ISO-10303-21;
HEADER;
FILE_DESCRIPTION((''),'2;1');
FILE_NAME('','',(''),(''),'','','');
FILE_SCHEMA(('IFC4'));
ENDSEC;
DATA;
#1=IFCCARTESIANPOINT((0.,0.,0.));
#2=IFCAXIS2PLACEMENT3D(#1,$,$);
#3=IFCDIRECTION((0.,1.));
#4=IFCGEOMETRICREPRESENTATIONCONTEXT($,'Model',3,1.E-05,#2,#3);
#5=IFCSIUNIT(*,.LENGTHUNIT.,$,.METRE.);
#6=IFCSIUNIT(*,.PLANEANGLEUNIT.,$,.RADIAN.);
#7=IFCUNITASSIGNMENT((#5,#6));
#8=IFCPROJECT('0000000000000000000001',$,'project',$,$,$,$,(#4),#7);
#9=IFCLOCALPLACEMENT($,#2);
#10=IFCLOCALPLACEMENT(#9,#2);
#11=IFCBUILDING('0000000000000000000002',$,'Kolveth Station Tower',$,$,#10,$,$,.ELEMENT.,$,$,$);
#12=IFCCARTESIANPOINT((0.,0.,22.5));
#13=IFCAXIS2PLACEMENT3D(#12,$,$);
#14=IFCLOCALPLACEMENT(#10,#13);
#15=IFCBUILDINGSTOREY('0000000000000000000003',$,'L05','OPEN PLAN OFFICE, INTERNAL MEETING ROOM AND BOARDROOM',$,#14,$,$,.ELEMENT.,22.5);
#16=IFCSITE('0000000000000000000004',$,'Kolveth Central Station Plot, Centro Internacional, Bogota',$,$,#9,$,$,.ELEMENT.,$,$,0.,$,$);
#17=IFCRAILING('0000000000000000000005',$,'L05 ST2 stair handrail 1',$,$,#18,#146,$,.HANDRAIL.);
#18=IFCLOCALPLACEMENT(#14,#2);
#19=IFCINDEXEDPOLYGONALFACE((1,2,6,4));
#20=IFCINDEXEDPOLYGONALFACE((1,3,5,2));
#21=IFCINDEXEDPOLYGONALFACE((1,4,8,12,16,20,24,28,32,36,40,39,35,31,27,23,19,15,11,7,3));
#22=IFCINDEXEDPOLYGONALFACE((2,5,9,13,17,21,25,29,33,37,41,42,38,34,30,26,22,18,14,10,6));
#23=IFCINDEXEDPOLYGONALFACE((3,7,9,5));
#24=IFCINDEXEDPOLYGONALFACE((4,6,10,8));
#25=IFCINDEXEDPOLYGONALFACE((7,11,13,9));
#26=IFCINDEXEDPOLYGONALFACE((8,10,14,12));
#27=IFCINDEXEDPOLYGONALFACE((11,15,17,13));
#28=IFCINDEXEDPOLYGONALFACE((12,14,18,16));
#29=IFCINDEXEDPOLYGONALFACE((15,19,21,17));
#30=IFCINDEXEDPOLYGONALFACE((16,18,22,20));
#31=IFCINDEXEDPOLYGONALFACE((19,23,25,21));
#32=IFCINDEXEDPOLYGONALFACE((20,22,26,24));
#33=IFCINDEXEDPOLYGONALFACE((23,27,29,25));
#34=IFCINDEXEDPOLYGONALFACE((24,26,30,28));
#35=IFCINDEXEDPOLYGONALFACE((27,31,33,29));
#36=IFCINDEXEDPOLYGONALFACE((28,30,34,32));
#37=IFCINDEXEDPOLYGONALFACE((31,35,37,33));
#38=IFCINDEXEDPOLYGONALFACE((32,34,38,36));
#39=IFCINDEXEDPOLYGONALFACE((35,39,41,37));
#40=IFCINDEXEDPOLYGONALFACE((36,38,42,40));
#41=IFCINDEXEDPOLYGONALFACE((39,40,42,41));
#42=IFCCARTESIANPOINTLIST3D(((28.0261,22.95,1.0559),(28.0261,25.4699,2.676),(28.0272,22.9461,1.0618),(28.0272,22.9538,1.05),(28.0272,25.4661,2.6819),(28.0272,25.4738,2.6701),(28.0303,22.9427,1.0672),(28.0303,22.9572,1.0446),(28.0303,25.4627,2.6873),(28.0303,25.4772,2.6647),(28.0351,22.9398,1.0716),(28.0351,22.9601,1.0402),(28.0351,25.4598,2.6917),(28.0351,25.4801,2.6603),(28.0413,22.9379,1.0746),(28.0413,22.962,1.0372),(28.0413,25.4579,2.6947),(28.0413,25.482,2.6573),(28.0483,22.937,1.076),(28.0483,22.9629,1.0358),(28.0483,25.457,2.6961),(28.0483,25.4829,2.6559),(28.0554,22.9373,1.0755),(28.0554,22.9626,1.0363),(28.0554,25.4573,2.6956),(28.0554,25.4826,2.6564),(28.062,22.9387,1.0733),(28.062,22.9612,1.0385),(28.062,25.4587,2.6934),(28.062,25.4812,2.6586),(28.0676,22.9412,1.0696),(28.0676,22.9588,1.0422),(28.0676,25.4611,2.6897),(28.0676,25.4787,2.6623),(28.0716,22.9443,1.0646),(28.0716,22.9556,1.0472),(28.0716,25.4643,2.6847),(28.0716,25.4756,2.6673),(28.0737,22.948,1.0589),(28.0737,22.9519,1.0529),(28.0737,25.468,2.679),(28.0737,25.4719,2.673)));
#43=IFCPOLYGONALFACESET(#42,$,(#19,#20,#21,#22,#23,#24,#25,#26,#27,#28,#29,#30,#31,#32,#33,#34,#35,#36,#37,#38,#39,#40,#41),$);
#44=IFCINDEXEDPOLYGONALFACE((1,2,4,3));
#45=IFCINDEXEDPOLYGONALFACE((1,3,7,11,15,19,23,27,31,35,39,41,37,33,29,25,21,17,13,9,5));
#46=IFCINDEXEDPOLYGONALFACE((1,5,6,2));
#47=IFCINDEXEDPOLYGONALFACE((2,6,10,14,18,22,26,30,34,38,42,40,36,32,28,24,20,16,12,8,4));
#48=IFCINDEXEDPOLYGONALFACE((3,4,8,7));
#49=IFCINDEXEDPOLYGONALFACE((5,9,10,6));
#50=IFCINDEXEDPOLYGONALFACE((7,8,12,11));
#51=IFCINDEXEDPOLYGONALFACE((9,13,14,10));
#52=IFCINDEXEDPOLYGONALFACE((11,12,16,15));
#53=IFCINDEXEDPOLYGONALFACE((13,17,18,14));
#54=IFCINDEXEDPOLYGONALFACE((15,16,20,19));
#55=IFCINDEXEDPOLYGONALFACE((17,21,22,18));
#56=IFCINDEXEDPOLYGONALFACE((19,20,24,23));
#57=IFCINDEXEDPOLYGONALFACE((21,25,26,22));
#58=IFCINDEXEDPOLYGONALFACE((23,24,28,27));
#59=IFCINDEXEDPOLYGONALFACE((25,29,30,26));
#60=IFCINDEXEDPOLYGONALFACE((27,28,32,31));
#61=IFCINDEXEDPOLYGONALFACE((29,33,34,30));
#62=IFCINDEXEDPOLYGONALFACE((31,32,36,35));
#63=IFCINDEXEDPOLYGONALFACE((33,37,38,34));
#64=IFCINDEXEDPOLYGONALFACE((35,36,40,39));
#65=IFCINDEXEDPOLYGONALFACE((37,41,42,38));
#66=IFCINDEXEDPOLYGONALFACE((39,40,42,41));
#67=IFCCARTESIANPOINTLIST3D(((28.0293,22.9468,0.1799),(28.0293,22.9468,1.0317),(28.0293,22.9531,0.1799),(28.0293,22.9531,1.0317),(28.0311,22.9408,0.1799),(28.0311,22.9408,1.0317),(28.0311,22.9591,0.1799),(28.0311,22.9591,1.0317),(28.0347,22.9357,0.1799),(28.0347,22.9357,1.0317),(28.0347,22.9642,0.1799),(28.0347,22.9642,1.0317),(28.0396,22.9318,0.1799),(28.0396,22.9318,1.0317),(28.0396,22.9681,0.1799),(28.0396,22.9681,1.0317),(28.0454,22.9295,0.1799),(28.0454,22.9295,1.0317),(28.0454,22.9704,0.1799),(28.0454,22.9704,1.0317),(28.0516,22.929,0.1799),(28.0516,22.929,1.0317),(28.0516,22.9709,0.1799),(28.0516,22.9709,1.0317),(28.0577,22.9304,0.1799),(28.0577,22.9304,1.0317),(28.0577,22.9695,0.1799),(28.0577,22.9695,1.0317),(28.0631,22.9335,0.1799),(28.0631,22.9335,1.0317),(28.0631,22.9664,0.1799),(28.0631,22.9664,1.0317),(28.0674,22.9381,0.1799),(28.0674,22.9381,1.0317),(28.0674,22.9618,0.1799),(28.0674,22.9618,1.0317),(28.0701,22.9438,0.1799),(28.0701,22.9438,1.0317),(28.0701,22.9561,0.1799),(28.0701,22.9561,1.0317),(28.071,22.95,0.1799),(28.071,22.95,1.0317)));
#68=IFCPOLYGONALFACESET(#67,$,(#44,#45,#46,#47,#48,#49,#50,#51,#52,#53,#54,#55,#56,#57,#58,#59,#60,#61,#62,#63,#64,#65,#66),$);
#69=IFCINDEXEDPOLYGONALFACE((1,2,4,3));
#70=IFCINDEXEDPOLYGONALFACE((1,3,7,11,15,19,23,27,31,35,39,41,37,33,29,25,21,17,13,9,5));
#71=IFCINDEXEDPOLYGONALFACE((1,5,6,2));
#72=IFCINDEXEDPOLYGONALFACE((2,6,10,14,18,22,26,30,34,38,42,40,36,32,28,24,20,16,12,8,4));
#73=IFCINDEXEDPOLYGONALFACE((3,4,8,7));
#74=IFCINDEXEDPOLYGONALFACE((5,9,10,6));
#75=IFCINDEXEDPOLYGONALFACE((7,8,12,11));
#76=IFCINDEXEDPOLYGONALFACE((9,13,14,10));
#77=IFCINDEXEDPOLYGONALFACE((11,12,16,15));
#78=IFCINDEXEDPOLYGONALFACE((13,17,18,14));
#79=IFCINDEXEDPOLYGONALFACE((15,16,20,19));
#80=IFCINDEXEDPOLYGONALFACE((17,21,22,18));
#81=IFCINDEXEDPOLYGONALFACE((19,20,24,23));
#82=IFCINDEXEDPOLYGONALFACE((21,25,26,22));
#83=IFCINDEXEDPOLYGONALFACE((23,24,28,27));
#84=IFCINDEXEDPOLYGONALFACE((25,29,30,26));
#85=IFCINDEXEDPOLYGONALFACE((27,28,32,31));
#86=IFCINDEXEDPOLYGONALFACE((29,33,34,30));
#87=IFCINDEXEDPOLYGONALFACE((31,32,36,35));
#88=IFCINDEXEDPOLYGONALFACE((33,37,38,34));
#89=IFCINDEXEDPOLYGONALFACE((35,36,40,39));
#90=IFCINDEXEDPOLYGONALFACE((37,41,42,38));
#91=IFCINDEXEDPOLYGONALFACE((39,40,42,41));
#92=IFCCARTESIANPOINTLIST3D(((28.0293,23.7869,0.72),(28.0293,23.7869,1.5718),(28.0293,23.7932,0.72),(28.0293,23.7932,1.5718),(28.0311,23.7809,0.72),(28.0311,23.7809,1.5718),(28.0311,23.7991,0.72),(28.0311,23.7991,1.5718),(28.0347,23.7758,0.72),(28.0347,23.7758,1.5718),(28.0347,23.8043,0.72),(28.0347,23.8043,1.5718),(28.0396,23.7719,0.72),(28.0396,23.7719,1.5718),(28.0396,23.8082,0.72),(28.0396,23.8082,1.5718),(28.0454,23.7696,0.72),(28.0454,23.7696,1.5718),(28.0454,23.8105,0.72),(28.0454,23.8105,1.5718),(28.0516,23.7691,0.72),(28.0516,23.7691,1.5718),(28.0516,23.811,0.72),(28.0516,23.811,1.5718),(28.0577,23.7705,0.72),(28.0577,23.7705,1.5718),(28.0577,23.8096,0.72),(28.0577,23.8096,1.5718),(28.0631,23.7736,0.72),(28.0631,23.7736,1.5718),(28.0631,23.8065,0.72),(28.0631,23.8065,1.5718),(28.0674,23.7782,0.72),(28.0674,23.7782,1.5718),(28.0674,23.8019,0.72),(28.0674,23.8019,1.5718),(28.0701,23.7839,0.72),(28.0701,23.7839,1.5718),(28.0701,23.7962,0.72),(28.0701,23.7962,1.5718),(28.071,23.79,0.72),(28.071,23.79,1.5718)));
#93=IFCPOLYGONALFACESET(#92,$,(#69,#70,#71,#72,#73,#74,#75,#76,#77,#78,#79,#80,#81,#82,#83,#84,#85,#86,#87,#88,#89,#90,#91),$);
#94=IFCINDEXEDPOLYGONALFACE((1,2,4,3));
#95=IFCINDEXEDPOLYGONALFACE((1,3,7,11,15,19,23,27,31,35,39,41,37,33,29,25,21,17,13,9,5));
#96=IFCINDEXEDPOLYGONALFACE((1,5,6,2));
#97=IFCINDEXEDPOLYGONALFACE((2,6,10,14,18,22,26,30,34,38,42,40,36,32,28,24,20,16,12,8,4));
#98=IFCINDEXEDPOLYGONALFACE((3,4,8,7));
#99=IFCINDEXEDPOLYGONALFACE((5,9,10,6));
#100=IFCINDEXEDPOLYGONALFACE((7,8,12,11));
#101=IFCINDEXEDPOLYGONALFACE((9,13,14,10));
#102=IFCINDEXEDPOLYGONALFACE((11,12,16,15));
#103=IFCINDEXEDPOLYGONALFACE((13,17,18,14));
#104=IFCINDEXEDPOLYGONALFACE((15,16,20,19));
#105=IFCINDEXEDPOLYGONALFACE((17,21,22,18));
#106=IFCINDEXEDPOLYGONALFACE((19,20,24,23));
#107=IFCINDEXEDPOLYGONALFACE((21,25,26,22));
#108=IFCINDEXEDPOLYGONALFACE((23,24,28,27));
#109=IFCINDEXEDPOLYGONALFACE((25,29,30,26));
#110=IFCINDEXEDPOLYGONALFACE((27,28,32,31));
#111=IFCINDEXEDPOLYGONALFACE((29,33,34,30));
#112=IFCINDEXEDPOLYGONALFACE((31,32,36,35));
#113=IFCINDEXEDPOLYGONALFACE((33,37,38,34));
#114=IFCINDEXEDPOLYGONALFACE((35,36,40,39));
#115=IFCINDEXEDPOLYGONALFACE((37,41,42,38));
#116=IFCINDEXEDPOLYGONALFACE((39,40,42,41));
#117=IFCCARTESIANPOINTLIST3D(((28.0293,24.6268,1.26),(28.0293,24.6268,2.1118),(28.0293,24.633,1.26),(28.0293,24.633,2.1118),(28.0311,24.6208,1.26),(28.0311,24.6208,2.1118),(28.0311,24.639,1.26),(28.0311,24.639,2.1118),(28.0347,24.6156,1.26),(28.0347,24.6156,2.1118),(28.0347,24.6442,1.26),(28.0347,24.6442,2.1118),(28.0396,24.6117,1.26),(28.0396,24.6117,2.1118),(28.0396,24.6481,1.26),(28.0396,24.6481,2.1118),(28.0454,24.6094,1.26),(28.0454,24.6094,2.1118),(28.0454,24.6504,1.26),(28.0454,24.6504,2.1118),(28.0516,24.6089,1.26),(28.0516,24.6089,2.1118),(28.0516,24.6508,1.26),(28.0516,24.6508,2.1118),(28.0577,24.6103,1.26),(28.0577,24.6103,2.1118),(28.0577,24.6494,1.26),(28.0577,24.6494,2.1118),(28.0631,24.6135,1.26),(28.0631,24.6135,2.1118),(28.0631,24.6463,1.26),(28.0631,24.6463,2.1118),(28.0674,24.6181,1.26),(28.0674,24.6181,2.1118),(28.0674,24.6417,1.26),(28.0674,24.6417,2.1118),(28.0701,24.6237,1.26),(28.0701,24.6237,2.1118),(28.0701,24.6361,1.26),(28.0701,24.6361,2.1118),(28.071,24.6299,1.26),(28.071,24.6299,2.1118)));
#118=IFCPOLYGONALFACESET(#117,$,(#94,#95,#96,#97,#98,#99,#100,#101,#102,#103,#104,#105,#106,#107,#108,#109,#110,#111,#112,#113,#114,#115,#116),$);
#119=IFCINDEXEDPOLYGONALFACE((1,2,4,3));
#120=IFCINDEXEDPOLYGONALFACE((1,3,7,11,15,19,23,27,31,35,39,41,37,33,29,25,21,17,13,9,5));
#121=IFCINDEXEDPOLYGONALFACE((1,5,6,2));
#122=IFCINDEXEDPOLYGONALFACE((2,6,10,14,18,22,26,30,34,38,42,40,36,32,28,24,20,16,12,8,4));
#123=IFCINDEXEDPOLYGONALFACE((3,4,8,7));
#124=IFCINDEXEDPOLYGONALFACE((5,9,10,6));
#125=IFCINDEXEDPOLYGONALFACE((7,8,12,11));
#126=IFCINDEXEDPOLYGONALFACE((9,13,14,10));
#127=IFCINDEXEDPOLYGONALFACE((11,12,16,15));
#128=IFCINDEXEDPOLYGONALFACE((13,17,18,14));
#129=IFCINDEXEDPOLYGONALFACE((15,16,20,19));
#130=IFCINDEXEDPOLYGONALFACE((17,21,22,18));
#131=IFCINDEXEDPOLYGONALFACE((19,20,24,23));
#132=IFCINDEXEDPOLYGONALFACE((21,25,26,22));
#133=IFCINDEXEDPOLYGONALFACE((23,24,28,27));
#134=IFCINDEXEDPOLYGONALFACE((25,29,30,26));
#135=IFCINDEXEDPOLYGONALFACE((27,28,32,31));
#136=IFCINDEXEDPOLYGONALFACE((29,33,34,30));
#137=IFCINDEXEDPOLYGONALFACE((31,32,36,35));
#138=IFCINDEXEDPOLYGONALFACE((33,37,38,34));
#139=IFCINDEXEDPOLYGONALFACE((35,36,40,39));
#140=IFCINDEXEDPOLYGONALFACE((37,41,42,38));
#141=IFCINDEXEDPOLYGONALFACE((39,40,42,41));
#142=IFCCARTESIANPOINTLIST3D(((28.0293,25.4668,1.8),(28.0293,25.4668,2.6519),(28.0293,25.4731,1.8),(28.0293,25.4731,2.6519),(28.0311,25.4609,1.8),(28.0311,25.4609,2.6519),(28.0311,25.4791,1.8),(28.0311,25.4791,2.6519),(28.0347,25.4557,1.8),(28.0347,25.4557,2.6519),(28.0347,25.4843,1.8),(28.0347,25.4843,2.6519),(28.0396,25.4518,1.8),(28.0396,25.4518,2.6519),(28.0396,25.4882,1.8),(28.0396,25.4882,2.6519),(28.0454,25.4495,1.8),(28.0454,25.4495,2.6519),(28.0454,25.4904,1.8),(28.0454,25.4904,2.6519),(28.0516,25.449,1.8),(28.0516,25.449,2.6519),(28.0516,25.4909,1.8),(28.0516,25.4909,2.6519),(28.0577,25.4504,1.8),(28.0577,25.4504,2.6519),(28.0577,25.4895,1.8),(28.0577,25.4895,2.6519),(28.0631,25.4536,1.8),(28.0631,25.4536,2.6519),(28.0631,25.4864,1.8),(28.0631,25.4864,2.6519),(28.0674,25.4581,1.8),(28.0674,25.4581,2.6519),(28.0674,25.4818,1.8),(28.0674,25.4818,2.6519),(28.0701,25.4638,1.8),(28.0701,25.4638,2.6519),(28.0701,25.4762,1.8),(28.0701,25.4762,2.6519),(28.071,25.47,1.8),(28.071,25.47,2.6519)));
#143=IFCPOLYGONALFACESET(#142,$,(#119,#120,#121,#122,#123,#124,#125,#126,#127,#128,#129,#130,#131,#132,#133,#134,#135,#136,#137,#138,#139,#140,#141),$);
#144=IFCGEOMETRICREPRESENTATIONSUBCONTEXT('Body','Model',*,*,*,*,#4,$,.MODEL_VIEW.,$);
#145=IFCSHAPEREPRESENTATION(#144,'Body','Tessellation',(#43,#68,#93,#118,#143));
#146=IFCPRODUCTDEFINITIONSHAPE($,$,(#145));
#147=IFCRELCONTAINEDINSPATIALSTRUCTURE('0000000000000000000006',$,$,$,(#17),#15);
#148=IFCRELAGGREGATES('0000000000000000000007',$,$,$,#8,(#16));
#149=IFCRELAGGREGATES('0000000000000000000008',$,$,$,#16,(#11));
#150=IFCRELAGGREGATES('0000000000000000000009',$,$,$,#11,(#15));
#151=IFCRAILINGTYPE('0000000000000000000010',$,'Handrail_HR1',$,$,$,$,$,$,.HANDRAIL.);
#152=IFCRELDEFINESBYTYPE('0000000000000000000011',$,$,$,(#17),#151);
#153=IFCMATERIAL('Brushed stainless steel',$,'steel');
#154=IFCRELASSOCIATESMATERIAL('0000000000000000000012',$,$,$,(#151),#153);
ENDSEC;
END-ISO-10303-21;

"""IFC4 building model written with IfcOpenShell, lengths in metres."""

from ifc_helpers import new_model, si_unit, direction, frame, origin, origin_2d, place, context, subcontext, project, spatial, circle, extrude, material, type_object, element, save


model = new_model("IFC4")

# Units and contexts
model_context = context("Model", 3, precision=1e-05, world=origin(), true_north=direction((0.0, 1.0)))
body_context = subcontext(model_context, "Body", "Model", "MODEL_VIEW")
ifc_project = project(units=[si_unit("LENGTHUNIT", "METRE"), si_unit("PLANEANGLEUNIT", "RADIAN")], contexts=[model_context])

# Site, building, storey
site_placement = place(None, origin())
site = spatial("IfcSite", under=ifc_project, at=site_placement, Name="Kolveth Central Station Plot, Centro Internacional, Bogota", CompositionType="ELEMENT", RefElevation=0.0)
building_placement = place(site_placement, origin())
building = spatial("IfcBuilding", under=site, at=building_placement, Name="Kolveth Station Tower", CompositionType="ELEMENT")
storey_placement = place(building_placement, frame((0.0, 0.0, 22.5)))
storey = spatial("IfcBuildingStorey", under=building, at=storey_placement, Name="L05", Description="OPEN PLAN OFFICE, INTERNAL MEETING ROOM AND BOARDROOM", CompositionType="ELEMENT", Elevation=22.5)

# Railing
ifc_material_1 = material(Name="Brushed stainless steel", Category="steel")
railing_type_1 = type_object("IfcRailingType", Name="Handrail_HR1", PredefinedType="HANDRAIL", material=ifc_material_1)
railing_1_placement = place(storey_placement, frame((28.05, 22.95, 0.1799)))
element("IfcRailing", 1, at=railing_1_placement, inside=storey, type_object=railing_type_1, Name="L05 ST2 stair handrail 1", PredefinedType="HANDRAIL", context=body_context, shape_type="SweptSolid", body=[
    extrude(circle(Radius=0.0239, at=origin_2d()), frame((0.0, 0.0, 0.876), z_axis=(0.0, 0.841163, 0.540782), x_axis=(-1.0, 0.0, 0.0)), (0.0, 0.0, 1.0), 2.9958),
    extrude(circle(Radius=0.021, at=origin_2d()), origin(), (0.0, 0.0, 1.0), 0.8518),
    extrude(circle(Radius=0.021, at=origin_2d()), frame((0.0, 0.8401, 0.54)), (0.0, 0.0, 1.0), 0.8518),
    extrude(circle(Radius=0.021, at=origin_2d()), frame((0.0, 1.6799, 1.0801)), (0.0, 0.0, 1.0), 0.8518),
    extrude(circle(Radius=0.021, at=origin_2d()), frame((0.0, 2.52, 1.6201)), (0.0, 0.0, 1.0), 0.8518),
])

save(model, "model.ifc")
